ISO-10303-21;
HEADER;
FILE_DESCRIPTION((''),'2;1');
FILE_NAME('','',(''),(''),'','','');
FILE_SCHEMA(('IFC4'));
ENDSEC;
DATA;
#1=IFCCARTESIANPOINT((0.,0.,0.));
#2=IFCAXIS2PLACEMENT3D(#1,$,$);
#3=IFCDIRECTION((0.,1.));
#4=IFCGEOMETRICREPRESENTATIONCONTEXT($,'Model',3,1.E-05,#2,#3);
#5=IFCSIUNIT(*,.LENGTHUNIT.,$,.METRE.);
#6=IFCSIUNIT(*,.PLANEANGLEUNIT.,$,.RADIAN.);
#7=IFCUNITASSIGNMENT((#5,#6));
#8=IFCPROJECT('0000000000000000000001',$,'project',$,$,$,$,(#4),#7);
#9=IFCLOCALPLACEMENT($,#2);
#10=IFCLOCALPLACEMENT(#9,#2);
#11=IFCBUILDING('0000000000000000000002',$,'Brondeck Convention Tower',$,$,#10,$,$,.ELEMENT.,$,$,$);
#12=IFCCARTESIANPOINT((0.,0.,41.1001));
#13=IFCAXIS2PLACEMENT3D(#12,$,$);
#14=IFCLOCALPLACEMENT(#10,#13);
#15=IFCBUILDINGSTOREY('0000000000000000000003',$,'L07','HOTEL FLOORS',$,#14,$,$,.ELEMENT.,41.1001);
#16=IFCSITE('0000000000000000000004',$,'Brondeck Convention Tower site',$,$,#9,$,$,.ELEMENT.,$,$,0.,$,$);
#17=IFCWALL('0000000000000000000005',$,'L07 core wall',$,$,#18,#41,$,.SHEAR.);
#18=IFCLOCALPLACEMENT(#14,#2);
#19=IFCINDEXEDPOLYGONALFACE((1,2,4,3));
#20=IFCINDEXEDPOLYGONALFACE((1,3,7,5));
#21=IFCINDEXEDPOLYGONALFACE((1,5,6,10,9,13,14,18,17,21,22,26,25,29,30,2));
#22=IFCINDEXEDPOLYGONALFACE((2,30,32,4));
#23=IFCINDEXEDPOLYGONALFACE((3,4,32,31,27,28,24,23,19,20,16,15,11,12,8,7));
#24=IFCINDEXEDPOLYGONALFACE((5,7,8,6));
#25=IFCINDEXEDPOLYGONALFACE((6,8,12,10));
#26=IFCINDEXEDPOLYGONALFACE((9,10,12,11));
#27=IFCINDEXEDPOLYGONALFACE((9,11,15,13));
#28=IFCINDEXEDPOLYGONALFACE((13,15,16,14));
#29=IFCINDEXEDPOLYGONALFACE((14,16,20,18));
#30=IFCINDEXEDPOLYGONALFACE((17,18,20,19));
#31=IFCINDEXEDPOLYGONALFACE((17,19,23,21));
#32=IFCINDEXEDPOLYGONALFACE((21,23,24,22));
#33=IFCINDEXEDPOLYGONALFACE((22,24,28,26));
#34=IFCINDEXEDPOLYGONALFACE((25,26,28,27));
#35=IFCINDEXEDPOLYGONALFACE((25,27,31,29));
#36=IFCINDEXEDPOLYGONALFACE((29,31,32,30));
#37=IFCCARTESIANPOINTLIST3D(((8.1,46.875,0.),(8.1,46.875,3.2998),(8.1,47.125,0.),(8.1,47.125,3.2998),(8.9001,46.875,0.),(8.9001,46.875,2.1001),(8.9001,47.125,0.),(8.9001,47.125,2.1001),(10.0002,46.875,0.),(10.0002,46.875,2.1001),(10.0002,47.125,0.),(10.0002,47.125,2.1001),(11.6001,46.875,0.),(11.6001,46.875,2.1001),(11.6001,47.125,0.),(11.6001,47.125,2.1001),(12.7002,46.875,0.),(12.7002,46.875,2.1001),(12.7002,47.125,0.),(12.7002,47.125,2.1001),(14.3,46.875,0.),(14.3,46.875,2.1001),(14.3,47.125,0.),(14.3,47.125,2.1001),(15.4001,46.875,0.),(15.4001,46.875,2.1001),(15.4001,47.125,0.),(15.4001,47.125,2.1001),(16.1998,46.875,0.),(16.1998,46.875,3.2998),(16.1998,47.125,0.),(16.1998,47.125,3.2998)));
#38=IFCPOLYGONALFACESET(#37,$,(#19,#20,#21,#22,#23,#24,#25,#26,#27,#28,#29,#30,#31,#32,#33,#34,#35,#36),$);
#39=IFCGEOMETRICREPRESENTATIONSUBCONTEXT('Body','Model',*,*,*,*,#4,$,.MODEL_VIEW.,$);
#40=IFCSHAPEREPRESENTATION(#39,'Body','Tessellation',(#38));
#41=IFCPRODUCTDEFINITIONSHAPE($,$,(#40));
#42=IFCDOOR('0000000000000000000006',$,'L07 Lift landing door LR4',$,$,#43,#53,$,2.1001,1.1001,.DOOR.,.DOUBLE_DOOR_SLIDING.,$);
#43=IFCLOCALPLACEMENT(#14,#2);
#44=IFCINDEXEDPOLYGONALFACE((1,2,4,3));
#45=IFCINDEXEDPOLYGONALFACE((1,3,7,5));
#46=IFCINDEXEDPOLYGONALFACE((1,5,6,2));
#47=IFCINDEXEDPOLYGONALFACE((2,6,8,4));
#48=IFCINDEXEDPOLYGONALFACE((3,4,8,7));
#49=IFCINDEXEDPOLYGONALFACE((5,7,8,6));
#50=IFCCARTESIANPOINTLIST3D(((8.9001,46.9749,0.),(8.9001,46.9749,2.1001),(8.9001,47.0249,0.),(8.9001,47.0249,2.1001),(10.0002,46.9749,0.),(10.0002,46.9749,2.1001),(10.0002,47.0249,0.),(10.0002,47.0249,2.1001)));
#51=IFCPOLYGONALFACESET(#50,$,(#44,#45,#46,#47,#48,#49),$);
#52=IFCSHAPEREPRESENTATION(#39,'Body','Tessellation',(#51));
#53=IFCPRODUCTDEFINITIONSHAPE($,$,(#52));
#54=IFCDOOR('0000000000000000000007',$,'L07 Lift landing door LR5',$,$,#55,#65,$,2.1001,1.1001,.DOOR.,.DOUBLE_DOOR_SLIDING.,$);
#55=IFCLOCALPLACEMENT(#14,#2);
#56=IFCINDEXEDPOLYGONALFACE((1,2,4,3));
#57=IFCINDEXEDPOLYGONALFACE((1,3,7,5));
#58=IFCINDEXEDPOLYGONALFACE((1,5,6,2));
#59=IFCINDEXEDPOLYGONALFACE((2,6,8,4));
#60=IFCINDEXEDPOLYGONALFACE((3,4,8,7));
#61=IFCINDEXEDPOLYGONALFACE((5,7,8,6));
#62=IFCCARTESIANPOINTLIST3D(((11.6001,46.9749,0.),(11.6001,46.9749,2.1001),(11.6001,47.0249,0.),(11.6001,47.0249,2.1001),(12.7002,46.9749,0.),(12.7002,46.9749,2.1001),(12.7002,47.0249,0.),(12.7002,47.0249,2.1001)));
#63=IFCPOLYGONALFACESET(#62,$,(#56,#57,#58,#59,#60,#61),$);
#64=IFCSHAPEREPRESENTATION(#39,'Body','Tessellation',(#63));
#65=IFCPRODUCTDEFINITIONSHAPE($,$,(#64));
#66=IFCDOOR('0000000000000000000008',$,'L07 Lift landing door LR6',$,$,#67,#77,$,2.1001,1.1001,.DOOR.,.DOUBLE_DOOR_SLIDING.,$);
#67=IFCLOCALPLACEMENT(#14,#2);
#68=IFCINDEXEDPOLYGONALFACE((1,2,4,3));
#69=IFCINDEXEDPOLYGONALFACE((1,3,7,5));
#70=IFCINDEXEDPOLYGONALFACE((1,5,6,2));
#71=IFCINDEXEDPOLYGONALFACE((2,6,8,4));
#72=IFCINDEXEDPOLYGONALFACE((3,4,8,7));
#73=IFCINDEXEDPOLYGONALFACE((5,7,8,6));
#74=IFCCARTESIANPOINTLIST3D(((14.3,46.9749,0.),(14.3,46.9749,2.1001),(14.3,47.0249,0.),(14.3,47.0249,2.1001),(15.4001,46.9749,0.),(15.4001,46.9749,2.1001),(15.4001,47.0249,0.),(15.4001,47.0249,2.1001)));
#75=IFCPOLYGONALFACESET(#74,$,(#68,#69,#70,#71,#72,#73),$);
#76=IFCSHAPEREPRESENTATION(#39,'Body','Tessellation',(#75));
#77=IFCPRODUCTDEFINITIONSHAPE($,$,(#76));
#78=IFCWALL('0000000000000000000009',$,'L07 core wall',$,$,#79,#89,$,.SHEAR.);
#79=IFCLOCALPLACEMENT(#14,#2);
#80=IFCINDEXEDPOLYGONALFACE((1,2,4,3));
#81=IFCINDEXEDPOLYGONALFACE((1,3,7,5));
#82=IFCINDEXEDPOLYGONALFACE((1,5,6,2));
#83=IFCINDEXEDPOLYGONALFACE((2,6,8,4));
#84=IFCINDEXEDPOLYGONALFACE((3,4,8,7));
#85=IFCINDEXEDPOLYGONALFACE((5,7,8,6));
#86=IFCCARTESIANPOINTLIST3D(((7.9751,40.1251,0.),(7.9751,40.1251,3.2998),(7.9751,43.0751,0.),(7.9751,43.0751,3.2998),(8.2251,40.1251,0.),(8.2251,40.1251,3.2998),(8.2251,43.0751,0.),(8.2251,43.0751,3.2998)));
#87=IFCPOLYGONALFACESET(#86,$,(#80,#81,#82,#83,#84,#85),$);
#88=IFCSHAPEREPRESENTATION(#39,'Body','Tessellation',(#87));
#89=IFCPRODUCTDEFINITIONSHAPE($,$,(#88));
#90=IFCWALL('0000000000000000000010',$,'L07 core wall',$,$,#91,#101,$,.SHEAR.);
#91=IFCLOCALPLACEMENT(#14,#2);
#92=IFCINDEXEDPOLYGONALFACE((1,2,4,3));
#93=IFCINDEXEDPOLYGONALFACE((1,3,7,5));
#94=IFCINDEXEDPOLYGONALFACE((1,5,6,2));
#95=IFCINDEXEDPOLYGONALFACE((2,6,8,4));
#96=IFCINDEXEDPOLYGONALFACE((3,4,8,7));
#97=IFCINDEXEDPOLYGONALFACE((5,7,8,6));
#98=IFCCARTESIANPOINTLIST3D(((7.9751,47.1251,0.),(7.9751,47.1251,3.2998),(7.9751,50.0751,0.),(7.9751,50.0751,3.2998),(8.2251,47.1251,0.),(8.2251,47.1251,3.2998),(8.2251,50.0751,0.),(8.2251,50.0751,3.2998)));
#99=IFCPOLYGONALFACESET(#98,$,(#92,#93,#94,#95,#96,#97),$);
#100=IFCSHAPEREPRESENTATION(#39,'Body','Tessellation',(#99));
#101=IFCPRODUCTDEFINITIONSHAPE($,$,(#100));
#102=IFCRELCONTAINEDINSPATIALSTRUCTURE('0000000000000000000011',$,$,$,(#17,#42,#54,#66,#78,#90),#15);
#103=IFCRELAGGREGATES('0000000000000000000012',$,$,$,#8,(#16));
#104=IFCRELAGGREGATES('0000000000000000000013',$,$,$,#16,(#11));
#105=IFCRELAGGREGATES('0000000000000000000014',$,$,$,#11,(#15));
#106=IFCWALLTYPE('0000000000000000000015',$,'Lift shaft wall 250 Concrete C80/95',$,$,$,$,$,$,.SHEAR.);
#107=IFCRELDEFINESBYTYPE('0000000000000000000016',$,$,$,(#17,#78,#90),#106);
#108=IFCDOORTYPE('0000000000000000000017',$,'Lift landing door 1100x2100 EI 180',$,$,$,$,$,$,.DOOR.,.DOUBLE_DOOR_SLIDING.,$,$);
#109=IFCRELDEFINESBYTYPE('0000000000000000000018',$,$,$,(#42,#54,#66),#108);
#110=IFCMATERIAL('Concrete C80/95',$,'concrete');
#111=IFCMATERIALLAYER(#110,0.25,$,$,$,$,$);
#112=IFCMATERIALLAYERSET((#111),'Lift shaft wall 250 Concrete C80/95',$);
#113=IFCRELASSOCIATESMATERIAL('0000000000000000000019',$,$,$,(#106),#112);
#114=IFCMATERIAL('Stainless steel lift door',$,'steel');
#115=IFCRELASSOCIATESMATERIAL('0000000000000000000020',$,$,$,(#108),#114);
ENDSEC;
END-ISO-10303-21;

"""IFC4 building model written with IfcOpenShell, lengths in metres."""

from ifc_helpers import new_model, si_unit, direction, frame, frame_2d, origin, place, context, subcontext, project, spatial, rectangle, extrude, material, layer, layer_set, type_object, element, fill, save


model = new_model("IFC4")

# Units and contexts
model_context = context("Model", 3, precision=1e-05, world=origin(), true_north=direction((0.0, 1.0)))
body_context = subcontext(model_context, "Body", "Model", "MODEL_VIEW")
ifc_project = project(units=[si_unit("LENGTHUNIT", "METRE"), si_unit("PLANEANGLEUNIT", "RADIAN")], contexts=[model_context])

# Site, building, storey
site_placement = place(None, origin())
site = spatial("IfcSite", under=ifc_project, at=site_placement, Name="Brondeck Convention Tower site", CompositionType="ELEMENT", RefElevation=0.0)
building_placement = place(site_placement, origin())
building = spatial("IfcBuilding", under=site, at=building_placement, Name="Brondeck Convention Tower", CompositionType="ELEMENT")
storey_placement = place(building_placement, frame((0.0, 0.0, 41.1001)))
storey = spatial("IfcBuildingStorey", under=building, at=storey_placement, Name="L07", Description="HOTEL FLOORS", CompositionType="ELEMENT", Elevation=41.1001)

# Shared definitions
ifc_material_1 = material(Name="Concrete C80/95", Category="concrete")
ifc_layer_1 = layer(ifc_material_1, 0.25)
ifc_layer_set_1 = layer_set([ifc_layer_1], Name="Lift shaft wall 250 Concrete C80/95")
wall_type_1 = type_object("IfcWallType", Name="Lift shaft wall 250 Concrete C80/95", PredefinedType="SHEAR", material=ifc_layer_set_1)

# Wall, openings, doors
ifc_material_2 = material(Name="Stainless steel lift door", Category="steel")
door_type = type_object("IfcDoorType", Name="Lift landing door 1100x2100 EI 180", OperationType="DOUBLE_DOOR_SLIDING", PredefinedType="DOOR", material=ifc_material_2)
wall_1_placement = place(storey_placement, frame((8.1001, 47.0, 0.0), z_axis=(0.0, 0.0, 1.0), x_axis=(1.0, 0.0, 0.0)))
wall_1 = element("IfcWall", 1, at=wall_1_placement, inside=storey, type_object=wall_type_1, Name="L07 core wall", PredefinedType="SHEAR", context=body_context, shape_type="SweptSolid", body=[
    extrude(rectangle(XDim=8.0999, YDim=0.25, at=frame_2d((4.0498, 0.0))), origin(), (0.0, 0.0, 1.0), 3.2998),
])
opening_1_placement = place(wall_1_placement, frame((0.8, 0.0, 0.0)))
opening_1 = element("IfcOpeningElement", 2, at=opening_1_placement, cuts=wall_1, PredefinedType="OPENING", context=body_context, shape_type="SweptSolid", body=[
    extrude(rectangle(XDim=1.1001, YDim=2.1001, at=frame_2d((0.55, 1.05))), frame((0.0, 0.135, 0.0), z_axis=(0.0, -1.0, 0.0), x_axis=(1.0, 0.0, 0.0)), (0.0, 0.0, 1.0), 0.27),
])
opening_2_placement = place(wall_1_placement, frame((3.5, 0.0, 0.0)))
opening_2 = element("IfcOpeningElement", 3, at=opening_2_placement, cuts=wall_1, PredefinedType="OPENING", context=body_context, shape_type="SweptSolid", body=[
    extrude(rectangle(XDim=1.1001, YDim=2.1001, at=frame_2d((0.55, 1.05))), frame((0.0, 0.135, 0.0), z_axis=(0.0, -1.0, 0.0), x_axis=(1.0, 0.0, 0.0)), (0.0, 0.0, 1.0), 0.27),
])
opening_3_placement = place(wall_1_placement, frame((6.2, 0.0, 0.0)))
opening_3 = element("IfcOpeningElement", 4, at=opening_3_placement, cuts=wall_1, PredefinedType="OPENING", context=body_context, shape_type="SweptSolid", body=[
    extrude(rectangle(XDim=1.1001, YDim=2.1001, at=frame_2d((0.55, 1.05))), frame((0.0, 0.135, 0.0), z_axis=(0.0, -1.0, 0.0), x_axis=(1.0, 0.0, 0.0)), (0.0, 0.0, 1.0), 0.27),
])
door_1_placement = place(opening_1_placement, origin())
door_1 = element("IfcDoor", 5, at=door_1_placement, inside=storey, type_object=door_type, Name="L07 Lift landing door LR4", OperationType="DOUBLE_DOOR_SLIDING", OverallHeight=2.1001, OverallWidth=1.1001, PredefinedType="DOOR", context=body_context, shape_type="SweptSolid", body=[
    extrude(rectangle(XDim=1.1001, YDim=2.1001, at=frame_2d((0.55, 1.05))), frame((0.0, 0.0249, 0.0), z_axis=(0.0, -1.0, 0.0), x_axis=(1.0, 0.0, 0.0)), (0.0, 0.0, 1.0), 0.05),
])
fill(opening_1, door_1)
door_2_placement = place(opening_2_placement, origin())
door_2 = element("IfcDoor", 6, at=door_2_placement, inside=storey, type_object=door_type, Name="L07 Lift landing door LR5", OperationType="DOUBLE_DOOR_SLIDING", OverallHeight=2.1001, OverallWidth=1.1001, PredefinedType="DOOR", context=body_context, shape_type="SweptSolid", body=[
    extrude(rectangle(XDim=1.1001, YDim=2.1001, at=frame_2d((0.55, 1.05))), frame((0.0, 0.0249, 0.0), z_axis=(0.0, -1.0, 0.0), x_axis=(1.0, 0.0, 0.0)), (0.0, 0.0, 1.0), 0.05),
])
fill(opening_2, door_2)
door_3_placement = place(opening_3_placement, origin())
door_3 = element("IfcDoor", 7, at=door_3_placement, inside=storey, type_object=door_type, Name="L07 Lift landing door LR6", OperationType="DOUBLE_DOOR_SLIDING", OverallHeight=2.1001, OverallWidth=1.1001, PredefinedType="DOOR", context=body_context, shape_type="SweptSolid", body=[
    extrude(rectangle(XDim=1.1001, YDim=2.1001, at=frame_2d((0.55, 1.05))), frame((0.0, 0.0249, 0.0), z_axis=(0.0, -1.0, 0.0), x_axis=(1.0, 0.0, 0.0)), (0.0, 0.0, 1.0), 0.05),
])
fill(opening_3, door_3)

# Walls
for number, where, z_axis, x_axis, name in (
    (8, (8.1001, 40.125, 0.0), (0.0, 0.0, 1.0), (0.0, 1.0, 0.0), "L07 core wall"),
    (9, (8.1001, 47.125, 0.0), (0.0, 0.0, 1.0), (0.0, 1.0, 0.0), "L07 core wall"),
):
    element("IfcWall", number, at=place(storey_placement, frame(where, z_axis=z_axis, x_axis=x_axis)), inside=storey, type_object=wall_type_1, Name=name, PredefinedType="SHEAR", context=body_context, shape_type="SweptSolid", body=[
        extrude(rectangle(XDim=2.95, YDim=0.25, at=frame_2d((1.4751, 0.0))), origin(), (0.0, 0.0, 1.0), 3.2998),
    ])

save(model, "model.ifc")
